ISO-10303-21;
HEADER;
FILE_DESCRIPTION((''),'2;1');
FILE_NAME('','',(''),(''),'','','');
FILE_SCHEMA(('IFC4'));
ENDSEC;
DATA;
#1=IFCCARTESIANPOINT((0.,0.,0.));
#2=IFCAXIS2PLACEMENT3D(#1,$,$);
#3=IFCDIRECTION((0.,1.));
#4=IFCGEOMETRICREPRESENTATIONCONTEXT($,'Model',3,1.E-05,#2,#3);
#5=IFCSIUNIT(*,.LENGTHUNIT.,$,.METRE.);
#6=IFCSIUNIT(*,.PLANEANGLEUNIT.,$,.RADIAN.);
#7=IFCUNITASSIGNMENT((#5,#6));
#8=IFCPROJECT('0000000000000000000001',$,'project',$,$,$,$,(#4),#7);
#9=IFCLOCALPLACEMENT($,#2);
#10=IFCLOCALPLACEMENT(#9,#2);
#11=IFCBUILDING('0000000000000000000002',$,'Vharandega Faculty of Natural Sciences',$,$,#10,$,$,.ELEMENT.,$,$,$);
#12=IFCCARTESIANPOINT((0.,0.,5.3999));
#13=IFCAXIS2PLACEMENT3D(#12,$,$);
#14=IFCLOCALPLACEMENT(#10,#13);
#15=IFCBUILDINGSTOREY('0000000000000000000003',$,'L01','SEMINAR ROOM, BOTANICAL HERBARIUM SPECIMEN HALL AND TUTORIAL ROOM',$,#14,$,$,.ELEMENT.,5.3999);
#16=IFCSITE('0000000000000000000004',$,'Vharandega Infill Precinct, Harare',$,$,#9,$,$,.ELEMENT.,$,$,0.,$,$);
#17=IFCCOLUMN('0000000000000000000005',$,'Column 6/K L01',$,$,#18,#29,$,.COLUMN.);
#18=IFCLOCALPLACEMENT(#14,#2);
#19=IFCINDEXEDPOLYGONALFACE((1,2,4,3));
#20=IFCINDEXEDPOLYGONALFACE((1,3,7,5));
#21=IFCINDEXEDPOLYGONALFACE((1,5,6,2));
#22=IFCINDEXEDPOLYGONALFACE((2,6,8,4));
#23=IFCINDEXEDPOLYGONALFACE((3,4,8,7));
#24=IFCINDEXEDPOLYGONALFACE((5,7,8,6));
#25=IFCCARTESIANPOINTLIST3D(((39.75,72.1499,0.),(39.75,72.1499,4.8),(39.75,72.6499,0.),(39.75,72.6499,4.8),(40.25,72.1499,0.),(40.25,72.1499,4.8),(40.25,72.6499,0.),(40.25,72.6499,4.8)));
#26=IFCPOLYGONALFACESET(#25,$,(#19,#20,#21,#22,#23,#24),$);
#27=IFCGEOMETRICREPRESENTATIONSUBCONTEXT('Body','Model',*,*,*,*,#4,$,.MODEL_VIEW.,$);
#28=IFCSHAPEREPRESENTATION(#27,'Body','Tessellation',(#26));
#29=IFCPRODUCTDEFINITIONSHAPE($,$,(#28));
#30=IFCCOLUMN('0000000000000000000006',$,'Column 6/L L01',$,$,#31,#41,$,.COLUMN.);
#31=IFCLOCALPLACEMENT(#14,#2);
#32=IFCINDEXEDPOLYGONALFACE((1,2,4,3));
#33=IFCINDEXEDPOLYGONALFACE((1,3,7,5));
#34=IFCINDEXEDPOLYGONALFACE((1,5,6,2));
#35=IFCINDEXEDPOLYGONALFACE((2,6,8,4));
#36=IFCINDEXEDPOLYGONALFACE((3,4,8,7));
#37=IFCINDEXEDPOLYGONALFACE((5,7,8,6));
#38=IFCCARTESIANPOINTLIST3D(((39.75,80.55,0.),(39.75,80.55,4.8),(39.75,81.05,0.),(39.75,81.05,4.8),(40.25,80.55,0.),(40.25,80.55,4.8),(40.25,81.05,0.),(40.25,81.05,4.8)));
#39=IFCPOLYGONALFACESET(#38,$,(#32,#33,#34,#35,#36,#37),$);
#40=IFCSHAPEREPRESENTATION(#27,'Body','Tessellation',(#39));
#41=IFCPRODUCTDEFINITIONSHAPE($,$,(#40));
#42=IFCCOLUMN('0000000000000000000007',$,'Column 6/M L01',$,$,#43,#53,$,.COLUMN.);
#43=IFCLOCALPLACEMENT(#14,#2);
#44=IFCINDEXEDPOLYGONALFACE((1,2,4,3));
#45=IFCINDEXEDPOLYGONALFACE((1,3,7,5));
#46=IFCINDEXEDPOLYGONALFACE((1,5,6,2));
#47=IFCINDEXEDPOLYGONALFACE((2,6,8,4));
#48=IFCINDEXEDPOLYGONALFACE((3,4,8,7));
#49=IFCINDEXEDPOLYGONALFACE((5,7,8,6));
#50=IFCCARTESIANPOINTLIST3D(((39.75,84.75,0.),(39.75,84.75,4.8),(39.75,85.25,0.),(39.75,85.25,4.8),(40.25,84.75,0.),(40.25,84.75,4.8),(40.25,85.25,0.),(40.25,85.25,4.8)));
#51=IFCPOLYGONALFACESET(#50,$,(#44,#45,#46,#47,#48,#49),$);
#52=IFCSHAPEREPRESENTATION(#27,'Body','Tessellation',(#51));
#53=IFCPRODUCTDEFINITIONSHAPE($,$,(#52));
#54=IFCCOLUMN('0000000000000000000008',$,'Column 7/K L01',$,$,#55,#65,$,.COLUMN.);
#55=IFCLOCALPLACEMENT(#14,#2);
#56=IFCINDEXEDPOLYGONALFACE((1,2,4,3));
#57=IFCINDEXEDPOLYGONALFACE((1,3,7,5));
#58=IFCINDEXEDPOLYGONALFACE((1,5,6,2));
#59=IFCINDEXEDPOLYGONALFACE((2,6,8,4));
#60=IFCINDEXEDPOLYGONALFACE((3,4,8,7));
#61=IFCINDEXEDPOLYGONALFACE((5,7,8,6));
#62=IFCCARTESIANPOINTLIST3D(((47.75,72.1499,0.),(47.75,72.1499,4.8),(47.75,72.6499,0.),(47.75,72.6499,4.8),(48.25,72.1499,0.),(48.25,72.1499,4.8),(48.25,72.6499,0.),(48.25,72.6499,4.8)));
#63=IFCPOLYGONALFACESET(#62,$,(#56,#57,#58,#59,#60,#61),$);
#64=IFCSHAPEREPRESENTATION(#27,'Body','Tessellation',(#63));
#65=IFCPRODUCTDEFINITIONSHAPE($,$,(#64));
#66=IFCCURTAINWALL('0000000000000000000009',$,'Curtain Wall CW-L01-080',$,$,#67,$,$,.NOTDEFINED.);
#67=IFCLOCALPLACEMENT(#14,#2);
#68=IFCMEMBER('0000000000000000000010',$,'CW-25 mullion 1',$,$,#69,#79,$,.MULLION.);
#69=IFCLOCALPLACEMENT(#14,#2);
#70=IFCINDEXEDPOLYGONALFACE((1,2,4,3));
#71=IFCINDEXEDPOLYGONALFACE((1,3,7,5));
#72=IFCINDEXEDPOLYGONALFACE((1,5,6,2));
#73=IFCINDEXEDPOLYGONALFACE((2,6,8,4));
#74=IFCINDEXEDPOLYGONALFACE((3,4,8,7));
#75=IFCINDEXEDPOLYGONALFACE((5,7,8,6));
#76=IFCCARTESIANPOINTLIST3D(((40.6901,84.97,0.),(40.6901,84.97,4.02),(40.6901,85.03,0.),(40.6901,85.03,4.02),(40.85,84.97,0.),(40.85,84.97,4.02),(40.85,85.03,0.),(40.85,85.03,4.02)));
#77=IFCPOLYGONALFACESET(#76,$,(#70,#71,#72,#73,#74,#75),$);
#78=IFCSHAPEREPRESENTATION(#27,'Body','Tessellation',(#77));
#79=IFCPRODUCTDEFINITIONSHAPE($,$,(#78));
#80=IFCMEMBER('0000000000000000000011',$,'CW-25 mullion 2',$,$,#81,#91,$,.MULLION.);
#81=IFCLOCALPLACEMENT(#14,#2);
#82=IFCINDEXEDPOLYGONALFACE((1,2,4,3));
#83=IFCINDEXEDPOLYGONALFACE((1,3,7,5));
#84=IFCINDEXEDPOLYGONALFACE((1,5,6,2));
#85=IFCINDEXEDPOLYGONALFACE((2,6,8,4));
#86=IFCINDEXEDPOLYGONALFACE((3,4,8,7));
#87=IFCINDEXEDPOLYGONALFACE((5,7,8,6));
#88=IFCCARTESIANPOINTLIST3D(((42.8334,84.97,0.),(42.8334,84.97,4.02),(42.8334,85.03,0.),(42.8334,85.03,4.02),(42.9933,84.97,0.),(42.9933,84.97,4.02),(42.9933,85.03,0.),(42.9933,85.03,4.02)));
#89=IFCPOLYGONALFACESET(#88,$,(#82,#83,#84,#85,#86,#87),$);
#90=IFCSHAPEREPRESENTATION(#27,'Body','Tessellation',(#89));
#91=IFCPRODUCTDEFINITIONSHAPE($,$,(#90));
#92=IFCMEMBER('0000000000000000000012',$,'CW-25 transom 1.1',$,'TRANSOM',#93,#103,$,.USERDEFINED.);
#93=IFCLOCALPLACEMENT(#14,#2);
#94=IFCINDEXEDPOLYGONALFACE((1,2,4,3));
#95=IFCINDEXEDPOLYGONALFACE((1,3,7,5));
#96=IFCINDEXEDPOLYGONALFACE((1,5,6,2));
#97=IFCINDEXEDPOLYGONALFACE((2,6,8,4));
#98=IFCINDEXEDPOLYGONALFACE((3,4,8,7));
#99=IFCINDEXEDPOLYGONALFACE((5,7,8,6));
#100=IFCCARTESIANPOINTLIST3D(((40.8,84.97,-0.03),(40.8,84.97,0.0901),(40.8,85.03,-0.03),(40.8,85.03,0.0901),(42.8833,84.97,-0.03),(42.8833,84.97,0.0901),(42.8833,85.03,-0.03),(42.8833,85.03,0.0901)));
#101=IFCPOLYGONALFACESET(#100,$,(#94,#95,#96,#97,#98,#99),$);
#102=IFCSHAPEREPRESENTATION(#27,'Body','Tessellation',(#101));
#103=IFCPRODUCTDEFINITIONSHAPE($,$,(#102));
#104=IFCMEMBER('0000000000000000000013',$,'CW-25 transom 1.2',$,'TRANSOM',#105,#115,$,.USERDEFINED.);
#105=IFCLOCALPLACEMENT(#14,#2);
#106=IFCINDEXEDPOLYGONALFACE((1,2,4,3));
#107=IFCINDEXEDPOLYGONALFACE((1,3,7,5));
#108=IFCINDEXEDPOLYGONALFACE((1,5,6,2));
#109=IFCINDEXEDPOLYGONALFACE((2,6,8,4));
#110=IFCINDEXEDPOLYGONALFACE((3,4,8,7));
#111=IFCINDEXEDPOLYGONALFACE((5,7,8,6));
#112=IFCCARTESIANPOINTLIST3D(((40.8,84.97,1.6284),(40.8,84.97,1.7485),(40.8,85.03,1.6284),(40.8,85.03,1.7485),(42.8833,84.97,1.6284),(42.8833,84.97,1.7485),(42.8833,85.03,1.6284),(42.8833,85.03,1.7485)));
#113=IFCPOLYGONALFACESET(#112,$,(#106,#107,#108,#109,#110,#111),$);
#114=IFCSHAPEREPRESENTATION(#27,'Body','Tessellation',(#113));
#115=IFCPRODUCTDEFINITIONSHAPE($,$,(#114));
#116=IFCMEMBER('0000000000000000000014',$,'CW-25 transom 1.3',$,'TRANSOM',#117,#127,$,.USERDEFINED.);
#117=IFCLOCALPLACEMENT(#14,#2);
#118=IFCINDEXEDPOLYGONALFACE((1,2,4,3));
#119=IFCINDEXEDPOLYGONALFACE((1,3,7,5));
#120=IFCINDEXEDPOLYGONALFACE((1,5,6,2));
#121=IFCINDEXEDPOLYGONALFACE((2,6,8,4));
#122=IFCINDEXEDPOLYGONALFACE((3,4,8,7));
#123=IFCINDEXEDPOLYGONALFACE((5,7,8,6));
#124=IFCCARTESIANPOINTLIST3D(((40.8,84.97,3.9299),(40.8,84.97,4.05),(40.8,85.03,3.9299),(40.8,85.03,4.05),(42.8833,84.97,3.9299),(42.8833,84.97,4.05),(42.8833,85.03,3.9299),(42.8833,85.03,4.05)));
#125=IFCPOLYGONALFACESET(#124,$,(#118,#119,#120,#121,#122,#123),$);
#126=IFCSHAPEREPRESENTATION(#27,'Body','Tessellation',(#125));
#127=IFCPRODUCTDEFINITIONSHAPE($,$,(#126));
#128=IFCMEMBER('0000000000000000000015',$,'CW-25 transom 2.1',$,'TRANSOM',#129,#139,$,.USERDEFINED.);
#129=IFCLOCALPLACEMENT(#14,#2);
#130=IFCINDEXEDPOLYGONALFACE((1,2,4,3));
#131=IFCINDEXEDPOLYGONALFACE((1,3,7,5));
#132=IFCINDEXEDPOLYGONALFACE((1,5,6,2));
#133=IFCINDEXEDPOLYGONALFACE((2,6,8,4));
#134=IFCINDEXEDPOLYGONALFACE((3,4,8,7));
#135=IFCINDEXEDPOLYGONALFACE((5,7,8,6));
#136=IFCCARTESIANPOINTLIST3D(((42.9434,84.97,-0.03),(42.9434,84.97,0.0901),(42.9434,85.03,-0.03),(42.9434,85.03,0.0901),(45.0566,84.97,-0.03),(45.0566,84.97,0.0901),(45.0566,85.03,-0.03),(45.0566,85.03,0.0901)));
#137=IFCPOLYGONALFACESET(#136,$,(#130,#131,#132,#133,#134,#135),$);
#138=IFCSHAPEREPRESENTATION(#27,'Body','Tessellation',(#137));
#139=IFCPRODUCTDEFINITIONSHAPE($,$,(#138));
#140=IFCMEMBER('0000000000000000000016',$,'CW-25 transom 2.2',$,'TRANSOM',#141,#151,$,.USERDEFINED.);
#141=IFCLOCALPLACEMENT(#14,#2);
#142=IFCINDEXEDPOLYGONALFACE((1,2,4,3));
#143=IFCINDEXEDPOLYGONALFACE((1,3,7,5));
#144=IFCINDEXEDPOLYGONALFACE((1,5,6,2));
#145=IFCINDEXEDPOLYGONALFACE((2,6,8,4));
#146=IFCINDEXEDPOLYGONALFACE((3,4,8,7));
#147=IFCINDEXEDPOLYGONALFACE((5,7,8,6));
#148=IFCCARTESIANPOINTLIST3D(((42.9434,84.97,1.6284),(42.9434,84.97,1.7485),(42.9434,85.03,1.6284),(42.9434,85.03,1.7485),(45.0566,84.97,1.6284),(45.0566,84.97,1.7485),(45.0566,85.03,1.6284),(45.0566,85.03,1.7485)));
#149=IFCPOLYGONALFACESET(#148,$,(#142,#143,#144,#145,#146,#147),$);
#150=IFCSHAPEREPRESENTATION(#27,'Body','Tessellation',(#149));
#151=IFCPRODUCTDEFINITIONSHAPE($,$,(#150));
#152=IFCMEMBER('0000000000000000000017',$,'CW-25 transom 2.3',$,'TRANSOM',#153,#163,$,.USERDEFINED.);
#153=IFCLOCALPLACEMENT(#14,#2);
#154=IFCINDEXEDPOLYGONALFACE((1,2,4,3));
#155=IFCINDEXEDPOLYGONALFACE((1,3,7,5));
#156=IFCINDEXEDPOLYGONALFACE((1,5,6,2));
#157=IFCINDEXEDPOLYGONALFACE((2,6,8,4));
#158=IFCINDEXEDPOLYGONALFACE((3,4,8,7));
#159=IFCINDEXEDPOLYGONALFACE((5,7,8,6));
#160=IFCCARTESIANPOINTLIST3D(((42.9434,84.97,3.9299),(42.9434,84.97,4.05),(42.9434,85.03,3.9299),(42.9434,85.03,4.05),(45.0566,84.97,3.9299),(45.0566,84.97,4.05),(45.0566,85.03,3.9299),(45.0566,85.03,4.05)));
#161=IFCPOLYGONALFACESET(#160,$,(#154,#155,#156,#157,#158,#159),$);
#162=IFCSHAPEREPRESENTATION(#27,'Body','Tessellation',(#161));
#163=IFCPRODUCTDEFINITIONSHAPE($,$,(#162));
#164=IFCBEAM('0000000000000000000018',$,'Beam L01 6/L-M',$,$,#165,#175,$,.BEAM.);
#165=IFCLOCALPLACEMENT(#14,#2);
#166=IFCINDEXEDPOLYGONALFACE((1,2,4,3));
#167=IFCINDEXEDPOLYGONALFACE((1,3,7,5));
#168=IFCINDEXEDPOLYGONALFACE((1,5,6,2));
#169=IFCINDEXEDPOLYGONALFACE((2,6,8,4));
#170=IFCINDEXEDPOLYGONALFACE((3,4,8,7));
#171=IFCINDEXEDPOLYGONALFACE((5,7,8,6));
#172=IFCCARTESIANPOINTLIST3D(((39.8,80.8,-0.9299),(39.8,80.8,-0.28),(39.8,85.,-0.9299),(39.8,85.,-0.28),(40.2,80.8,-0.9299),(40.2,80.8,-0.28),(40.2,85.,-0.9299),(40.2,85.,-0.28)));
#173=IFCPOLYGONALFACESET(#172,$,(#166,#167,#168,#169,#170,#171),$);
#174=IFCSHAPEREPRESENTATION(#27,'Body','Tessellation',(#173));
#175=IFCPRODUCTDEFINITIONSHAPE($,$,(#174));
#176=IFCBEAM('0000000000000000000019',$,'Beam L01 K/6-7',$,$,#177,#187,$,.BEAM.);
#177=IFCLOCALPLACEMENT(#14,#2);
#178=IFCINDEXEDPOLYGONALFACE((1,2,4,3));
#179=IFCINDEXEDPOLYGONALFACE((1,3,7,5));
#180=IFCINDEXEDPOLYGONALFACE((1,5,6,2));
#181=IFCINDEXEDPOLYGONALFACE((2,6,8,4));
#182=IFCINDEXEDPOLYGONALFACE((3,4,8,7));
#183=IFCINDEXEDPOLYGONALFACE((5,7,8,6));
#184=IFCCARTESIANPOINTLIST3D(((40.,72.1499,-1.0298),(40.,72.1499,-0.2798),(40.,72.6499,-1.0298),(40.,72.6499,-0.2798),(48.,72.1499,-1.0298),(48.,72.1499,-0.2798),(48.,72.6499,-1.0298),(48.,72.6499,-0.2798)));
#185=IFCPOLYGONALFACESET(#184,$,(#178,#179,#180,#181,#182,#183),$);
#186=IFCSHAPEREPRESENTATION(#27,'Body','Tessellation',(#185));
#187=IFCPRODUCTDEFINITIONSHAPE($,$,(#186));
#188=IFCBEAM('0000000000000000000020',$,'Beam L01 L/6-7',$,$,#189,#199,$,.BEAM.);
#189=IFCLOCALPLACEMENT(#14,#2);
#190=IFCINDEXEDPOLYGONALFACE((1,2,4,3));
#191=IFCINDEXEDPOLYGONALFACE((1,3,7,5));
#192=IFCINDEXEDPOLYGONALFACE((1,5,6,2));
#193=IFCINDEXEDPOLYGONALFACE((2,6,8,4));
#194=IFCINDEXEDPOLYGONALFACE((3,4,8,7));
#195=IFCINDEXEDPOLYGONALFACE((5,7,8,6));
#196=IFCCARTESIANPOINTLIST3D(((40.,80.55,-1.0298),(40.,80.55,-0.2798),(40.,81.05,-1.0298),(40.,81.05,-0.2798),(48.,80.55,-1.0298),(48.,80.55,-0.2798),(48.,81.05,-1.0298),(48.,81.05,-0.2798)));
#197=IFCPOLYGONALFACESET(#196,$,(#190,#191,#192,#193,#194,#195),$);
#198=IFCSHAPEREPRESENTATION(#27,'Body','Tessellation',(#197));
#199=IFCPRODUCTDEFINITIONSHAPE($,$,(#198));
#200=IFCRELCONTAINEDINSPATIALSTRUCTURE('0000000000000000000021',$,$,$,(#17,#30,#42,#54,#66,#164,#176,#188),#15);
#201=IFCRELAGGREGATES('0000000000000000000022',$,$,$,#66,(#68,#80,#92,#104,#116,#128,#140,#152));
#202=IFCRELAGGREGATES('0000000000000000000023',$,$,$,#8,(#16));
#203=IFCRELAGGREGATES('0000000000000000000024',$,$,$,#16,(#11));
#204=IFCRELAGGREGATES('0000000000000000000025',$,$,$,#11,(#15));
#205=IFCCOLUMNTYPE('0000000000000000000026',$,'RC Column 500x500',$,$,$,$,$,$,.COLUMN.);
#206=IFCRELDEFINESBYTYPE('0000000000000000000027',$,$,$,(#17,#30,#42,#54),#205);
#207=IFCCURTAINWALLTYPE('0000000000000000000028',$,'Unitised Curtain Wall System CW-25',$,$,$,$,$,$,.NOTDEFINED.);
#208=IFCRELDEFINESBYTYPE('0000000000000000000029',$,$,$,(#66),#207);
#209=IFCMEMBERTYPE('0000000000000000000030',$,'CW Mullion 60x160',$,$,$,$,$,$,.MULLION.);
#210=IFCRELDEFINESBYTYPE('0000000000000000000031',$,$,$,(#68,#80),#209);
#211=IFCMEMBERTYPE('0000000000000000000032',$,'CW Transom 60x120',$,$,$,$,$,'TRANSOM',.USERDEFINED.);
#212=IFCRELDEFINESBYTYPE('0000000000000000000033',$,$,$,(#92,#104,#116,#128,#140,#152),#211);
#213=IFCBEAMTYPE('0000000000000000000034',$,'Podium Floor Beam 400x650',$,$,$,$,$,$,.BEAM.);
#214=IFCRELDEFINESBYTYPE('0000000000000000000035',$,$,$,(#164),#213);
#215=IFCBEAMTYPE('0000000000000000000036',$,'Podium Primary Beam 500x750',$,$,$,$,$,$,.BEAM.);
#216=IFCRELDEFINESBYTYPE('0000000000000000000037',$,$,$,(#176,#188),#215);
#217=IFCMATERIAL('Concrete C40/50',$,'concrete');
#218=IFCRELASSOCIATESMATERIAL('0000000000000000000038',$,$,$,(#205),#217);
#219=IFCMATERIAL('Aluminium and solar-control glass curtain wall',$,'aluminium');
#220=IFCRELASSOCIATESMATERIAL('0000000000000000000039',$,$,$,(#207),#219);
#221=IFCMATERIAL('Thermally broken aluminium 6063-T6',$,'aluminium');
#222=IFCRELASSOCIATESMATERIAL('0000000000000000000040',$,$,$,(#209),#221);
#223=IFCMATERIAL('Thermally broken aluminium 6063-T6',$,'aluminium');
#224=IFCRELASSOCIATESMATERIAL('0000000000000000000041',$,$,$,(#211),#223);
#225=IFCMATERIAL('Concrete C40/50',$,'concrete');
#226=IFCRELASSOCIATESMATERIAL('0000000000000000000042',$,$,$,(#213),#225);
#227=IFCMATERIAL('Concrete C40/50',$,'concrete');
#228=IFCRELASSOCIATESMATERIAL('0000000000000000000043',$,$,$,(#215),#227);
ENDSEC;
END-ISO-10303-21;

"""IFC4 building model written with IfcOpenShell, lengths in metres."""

from ifc_helpers import new_model, si_unit, direction, frame, origin, origin_2d, place, context, subcontext, project, spatial, rectangle, extrude, material, material_profile, profile_set, type_object, element, aggregate, save


model = new_model("IFC4")

# Units and contexts
model_context = context("Model", 3, precision=1e-05, world=origin(), true_north=direction((0.0, 1.0)))
body_context = subcontext(model_context, "Body", "Model", "MODEL_VIEW")
ifc_project = project(units=[si_unit("LENGTHUNIT", "METRE"), si_unit("PLANEANGLEUNIT", "RADIAN")], contexts=[model_context])

# Site, building, storey
site_placement = place(None, origin())
site = spatial("IfcSite", under=ifc_project, at=site_placement, Name="Vharandega Infill Precinct, Harare", CompositionType="ELEMENT", RefElevation=0.0)
building_placement = place(site_placement, origin())
building = spatial("IfcBuilding", under=site, at=building_placement, Name="Vharandega Faculty of Natural Sciences", CompositionType="ELEMENT")
storey_placement = place(building_placement, frame((0.0, 0.0, 5.3999)))
storey = spatial("IfcBuildingStorey", under=building, at=storey_placement, Name="L01", Description="SEMINAR ROOM, BOTANICAL HERBARIUM SPECIMEN HALL AND TUTORIAL ROOM", CompositionType="ELEMENT", Elevation=5.3999)

# Columns
ifc_material_1 = material(Name="Concrete C40/50", Category="concrete")
ifc_material_profile_1 = material_profile(ifc_material_1, rectangle(XDim=0.5, YDim=0.5, at=origin_2d()), Name="RC 500x500")
ifc_profile_set_1 = profile_set([ifc_material_profile_1], Name="Concrete C40/50")
column_type = type_object("IfcColumnType", Name="RC Column 500x500", PredefinedType="COLUMN", material=ifc_profile_set_1)
for number, where, z_axis, x_axis, name in (
    (1, (40.0, 72.3999, 0.0), (0.0, 0.0, 1.0), (1.0, 0.0, 0.0), "Column 6/K L01"),
    (2, (40.0, 80.8, 0.0), (0.0, 0.0, 1.0), (1.0, 0.0, 0.0), "Column 6/L L01"),
    (3, (40.0, 85.0, 0.0), (0.0, 0.0, 1.0), (1.0, 0.0, 0.0), "Column 6/M L01"),
    (4, (48.0, 72.3999, 0.0), (0.0, 0.0, 1.0), (1.0, 0.0, 0.0), "Column 7/K L01"),
):
    element("IfcColumn", number, at=place(storey_placement, frame(where, z_axis=z_axis, x_axis=x_axis)), inside=storey, type_object=column_type, Name=name, PredefinedType="COLUMN", context=body_context, shape_type="SweptSolid", body=[
        extrude(rectangle(XDim=0.5, YDim=0.5, at=origin_2d()), origin(), (0.0, 0.0, 1.0), 4.8),
    ])

# Curtain wall, members
ifc_material_2 = material(Name="Aluminium and solar-control glass curtain wall", Category="aluminium")
curtain_wall_type = type_object("IfcCurtainWallType", Name="Unitised Curtain Wall System CW-25", PredefinedType="NOTDEFINED", material=ifc_material_2)
curtain_wall_placement = place(storey_placement, origin())
curtain_wall = element("IfcCurtainWall", 5, at=curtain_wall_placement, inside=storey, type_object=curtain_wall_type, Name="Curtain Wall CW-L01-080", PredefinedType="NOTDEFINED")
ifc_material_3 = material(Name="Thermally broken aluminium 6063-T6", Category="aluminium")
ifc_material_profile_2 = material_profile(ifc_material_3, rectangle(XDim=0.0601, YDim=0.1599, at=origin_2d()), Name="ALU 60x160")
ifc_profile_set_2 = profile_set([ifc_material_profile_2], Name="Thermally broken aluminium 6063-T6")
member_type_1 = type_object("IfcMemberType", Name="CW Mullion 60x160", PredefinedType="MULLION", material=ifc_profile_set_2)
member_1_placement = place(storey_placement, frame((40.77, 85.0, 0.0), z_axis=(0.0, 0.0, 1.0), x_axis=(0.0, 1.0, 0.0)))
member_1 = element("IfcMember", 6, at=member_1_placement, type_object=member_type_1, Name="CW-25 mullion 1", PredefinedType="MULLION", context=body_context, shape_type="SweptSolid", body=[
    extrude(rectangle(XDim=0.0601, YDim=0.1599, at=origin_2d()), origin(), (0.0, 0.0, 1.0), 4.02),
])
member_2_placement = place(storey_placement, frame((42.9133, 85.0, 0.0), z_axis=(0.0, 0.0, 1.0), x_axis=(0.0, 1.0, 0.0)))
member_2 = element("IfcMember", 7, at=member_2_placement, type_object=member_type_1, Name="CW-25 mullion 2", PredefinedType="MULLION", context=body_context, shape_type="SweptSolid", body=[
    extrude(rectangle(XDim=0.0601, YDim=0.1599, at=origin_2d()), origin(), (0.0, 0.0, 1.0), 4.02),
])
ifc_material_4 = material(Name="Thermally broken aluminium 6063-T6", Category="aluminium")
ifc_material_profile_3 = material_profile(ifc_material_4, rectangle(XDim=0.0601, YDim=0.1201, at=origin_2d()), Name="ALU 60x120")
ifc_profile_set_3 = profile_set([ifc_material_profile_3], Name="Thermally broken aluminium 6063-T6")
member_type_2 = type_object("IfcMemberType", Name="CW Transom 60x120", ElementType="TRANSOM", PredefinedType="USERDEFINED", material=ifc_profile_set_3)
member_3_placement = place(storey_placement, frame((40.8, 85.0, 0.03), z_axis=(1.0, 0.0, 0.0), x_axis=(0.0, 1.0, 0.0)))
member_3 = element("IfcMember", 8, at=member_3_placement, type_object=member_type_2, Name="CW-25 transom 1.1", ObjectType="TRANSOM", PredefinedType="USERDEFINED", context=body_context, shape_type="SweptSolid", body=[
    extrude(rectangle(XDim=0.0601, YDim=0.1201, at=origin_2d()), origin(), (0.0, 0.0, 1.0), 2.0833),
])
member_4_placement = place(storey_placement, frame((40.8, 85.0, 1.6885), z_axis=(1.0, 0.0, 0.0), x_axis=(0.0, 1.0, 0.0)))
member_4 = element("IfcMember", 9, at=member_4_placement, type_object=member_type_2, Name="CW-25 transom 1.2", ObjectType="TRANSOM", PredefinedType="USERDEFINED", context=body_context, shape_type="SweptSolid", body=[
    extrude(rectangle(XDim=0.0601, YDim=0.1201, at=origin_2d()), origin(), (0.0, 0.0, 1.0), 2.0833),
])
member_5_placement = place(storey_placement, frame((40.8, 85.0, 3.99), z_axis=(1.0, 0.0, 0.0), x_axis=(0.0, 1.0, 0.0)))
member_5 = element("IfcMember", 10, at=member_5_placement, type_object=member_type_2, Name="CW-25 transom 1.3", ObjectType="TRANSOM", PredefinedType="USERDEFINED", context=body_context, shape_type="SweptSolid", body=[
    extrude(rectangle(XDim=0.0601, YDim=0.1201, at=origin_2d()), origin(), (0.0, 0.0, 1.0), 2.0833),
])
member_6_placement = place(storey_placement, frame((42.9434, 85.0, 0.03), z_axis=(1.0, 0.0, 0.0), x_axis=(0.0, 1.0, 0.0)))
member_6 = element("IfcMember", 11, at=member_6_placement, type_object=member_type_2, Name="CW-25 transom 2.1", ObjectType="TRANSOM", PredefinedType="USERDEFINED", context=body_context, shape_type="SweptSolid", body=[
    extrude(rectangle(XDim=0.0601, YDim=0.1201, at=origin_2d()), origin(), (0.0, 0.0, 1.0), 2.1133),
])
member_7_placement = place(storey_placement, frame((42.9434, 85.0, 1.6885), z_axis=(1.0, 0.0, 0.0), x_axis=(0.0, 1.0, 0.0)))
member_7 = element("IfcMember", 12, at=member_7_placement, type_object=member_type_2, Name="CW-25 transom 2.2", ObjectType="TRANSOM", PredefinedType="USERDEFINED", context=body_context, shape_type="SweptSolid", body=[
    extrude(rectangle(XDim=0.0601, YDim=0.1201, at=origin_2d()), origin(), (0.0, 0.0, 1.0), 2.1133),
])
member_8_placement = place(storey_placement, frame((42.9434, 85.0, 3.99), z_axis=(1.0, 0.0, 0.0), x_axis=(0.0, 1.0, 0.0)))
member_8 = element("IfcMember", 13, at=member_8_placement, type_object=member_type_2, Name="CW-25 transom 2.3", ObjectType="TRANSOM", PredefinedType="USERDEFINED", context=body_context, shape_type="SweptSolid", body=[
    extrude(rectangle(XDim=0.0601, YDim=0.1201, at=origin_2d()), origin(), (0.0, 0.0, 1.0), 2.1133),
])

# Beams
ifc_material_5 = material(Name="Concrete C40/50", Category="concrete")
ifc_material_profile_4 = material_profile(ifc_material_5, rectangle(XDim=0.3999, YDim=0.6499, at=origin_2d()), Name="RC 400x650")
ifc_profile_set_4 = profile_set([ifc_material_profile_4], Name="Concrete C40/50")
beam_type_1 = type_object("IfcBeamType", Name="Podium Floor Beam 400x650", PredefinedType="BEAM", material=ifc_profile_set_4)
beam_1_placement = place(storey_placement, frame((40.0, 80.8, -0.605), z_axis=(0.0, 1.0, 0.0), x_axis=(-1.0, 0.0, 0.0)))
element("IfcBeam", 14, at=beam_1_placement, inside=storey, type_object=beam_type_1, Name="Beam L01 6/L-M", PredefinedType="BEAM", context=body_context, shape_type="SweptSolid", body=[
    extrude(rectangle(XDim=0.3999, YDim=0.6499, at=origin_2d()), origin(), (0.0, 0.0, 1.0), 4.2),
])
ifc_material_6 = material(Name="Concrete C40/50", Category="concrete")
ifc_material_profile_5 = material_profile(ifc_material_6, rectangle(XDim=0.5, YDim=0.75, at=origin_2d()), Name="RC 500x750")
ifc_profile_set_5 = profile_set([ifc_material_profile_5], Name="Concrete C40/50")
beam_type_2 = type_object("IfcBeamType", Name="Podium Primary Beam 500x750", PredefinedType="BEAM", material=ifc_profile_set_5)
for number, where, z_axis, x_axis, name in (
    (15, (40.0, 72.3999, -0.6548), (1.0, 0.0, 0.0), (0.0, 1.0, 0.0), "Beam L01 K/6-7"),
    (16, (40.0, 80.8, -0.6548), (1.0, 0.0, 0.0), (0.0, 1.0, 0.0), "Beam L01 L/6-7"),
):
    element("IfcBeam", number, at=place(storey_placement, frame(where, z_axis=z_axis, x_axis=x_axis)), inside=storey, type_object=beam_type_2, Name=name, PredefinedType="BEAM", context=body_context, shape_type="SweptSolid", body=[
        extrude(rectangle(XDim=0.5, YDim=0.75, at=origin_2d()), origin(), (0.0, 0.0, 1.0), 8.0),
    ])

aggregate(curtain_wall, [member_1, member_2, member_3, member_4, member_5, member_6, member_7, member_8])

save(model, "model.ifc")
